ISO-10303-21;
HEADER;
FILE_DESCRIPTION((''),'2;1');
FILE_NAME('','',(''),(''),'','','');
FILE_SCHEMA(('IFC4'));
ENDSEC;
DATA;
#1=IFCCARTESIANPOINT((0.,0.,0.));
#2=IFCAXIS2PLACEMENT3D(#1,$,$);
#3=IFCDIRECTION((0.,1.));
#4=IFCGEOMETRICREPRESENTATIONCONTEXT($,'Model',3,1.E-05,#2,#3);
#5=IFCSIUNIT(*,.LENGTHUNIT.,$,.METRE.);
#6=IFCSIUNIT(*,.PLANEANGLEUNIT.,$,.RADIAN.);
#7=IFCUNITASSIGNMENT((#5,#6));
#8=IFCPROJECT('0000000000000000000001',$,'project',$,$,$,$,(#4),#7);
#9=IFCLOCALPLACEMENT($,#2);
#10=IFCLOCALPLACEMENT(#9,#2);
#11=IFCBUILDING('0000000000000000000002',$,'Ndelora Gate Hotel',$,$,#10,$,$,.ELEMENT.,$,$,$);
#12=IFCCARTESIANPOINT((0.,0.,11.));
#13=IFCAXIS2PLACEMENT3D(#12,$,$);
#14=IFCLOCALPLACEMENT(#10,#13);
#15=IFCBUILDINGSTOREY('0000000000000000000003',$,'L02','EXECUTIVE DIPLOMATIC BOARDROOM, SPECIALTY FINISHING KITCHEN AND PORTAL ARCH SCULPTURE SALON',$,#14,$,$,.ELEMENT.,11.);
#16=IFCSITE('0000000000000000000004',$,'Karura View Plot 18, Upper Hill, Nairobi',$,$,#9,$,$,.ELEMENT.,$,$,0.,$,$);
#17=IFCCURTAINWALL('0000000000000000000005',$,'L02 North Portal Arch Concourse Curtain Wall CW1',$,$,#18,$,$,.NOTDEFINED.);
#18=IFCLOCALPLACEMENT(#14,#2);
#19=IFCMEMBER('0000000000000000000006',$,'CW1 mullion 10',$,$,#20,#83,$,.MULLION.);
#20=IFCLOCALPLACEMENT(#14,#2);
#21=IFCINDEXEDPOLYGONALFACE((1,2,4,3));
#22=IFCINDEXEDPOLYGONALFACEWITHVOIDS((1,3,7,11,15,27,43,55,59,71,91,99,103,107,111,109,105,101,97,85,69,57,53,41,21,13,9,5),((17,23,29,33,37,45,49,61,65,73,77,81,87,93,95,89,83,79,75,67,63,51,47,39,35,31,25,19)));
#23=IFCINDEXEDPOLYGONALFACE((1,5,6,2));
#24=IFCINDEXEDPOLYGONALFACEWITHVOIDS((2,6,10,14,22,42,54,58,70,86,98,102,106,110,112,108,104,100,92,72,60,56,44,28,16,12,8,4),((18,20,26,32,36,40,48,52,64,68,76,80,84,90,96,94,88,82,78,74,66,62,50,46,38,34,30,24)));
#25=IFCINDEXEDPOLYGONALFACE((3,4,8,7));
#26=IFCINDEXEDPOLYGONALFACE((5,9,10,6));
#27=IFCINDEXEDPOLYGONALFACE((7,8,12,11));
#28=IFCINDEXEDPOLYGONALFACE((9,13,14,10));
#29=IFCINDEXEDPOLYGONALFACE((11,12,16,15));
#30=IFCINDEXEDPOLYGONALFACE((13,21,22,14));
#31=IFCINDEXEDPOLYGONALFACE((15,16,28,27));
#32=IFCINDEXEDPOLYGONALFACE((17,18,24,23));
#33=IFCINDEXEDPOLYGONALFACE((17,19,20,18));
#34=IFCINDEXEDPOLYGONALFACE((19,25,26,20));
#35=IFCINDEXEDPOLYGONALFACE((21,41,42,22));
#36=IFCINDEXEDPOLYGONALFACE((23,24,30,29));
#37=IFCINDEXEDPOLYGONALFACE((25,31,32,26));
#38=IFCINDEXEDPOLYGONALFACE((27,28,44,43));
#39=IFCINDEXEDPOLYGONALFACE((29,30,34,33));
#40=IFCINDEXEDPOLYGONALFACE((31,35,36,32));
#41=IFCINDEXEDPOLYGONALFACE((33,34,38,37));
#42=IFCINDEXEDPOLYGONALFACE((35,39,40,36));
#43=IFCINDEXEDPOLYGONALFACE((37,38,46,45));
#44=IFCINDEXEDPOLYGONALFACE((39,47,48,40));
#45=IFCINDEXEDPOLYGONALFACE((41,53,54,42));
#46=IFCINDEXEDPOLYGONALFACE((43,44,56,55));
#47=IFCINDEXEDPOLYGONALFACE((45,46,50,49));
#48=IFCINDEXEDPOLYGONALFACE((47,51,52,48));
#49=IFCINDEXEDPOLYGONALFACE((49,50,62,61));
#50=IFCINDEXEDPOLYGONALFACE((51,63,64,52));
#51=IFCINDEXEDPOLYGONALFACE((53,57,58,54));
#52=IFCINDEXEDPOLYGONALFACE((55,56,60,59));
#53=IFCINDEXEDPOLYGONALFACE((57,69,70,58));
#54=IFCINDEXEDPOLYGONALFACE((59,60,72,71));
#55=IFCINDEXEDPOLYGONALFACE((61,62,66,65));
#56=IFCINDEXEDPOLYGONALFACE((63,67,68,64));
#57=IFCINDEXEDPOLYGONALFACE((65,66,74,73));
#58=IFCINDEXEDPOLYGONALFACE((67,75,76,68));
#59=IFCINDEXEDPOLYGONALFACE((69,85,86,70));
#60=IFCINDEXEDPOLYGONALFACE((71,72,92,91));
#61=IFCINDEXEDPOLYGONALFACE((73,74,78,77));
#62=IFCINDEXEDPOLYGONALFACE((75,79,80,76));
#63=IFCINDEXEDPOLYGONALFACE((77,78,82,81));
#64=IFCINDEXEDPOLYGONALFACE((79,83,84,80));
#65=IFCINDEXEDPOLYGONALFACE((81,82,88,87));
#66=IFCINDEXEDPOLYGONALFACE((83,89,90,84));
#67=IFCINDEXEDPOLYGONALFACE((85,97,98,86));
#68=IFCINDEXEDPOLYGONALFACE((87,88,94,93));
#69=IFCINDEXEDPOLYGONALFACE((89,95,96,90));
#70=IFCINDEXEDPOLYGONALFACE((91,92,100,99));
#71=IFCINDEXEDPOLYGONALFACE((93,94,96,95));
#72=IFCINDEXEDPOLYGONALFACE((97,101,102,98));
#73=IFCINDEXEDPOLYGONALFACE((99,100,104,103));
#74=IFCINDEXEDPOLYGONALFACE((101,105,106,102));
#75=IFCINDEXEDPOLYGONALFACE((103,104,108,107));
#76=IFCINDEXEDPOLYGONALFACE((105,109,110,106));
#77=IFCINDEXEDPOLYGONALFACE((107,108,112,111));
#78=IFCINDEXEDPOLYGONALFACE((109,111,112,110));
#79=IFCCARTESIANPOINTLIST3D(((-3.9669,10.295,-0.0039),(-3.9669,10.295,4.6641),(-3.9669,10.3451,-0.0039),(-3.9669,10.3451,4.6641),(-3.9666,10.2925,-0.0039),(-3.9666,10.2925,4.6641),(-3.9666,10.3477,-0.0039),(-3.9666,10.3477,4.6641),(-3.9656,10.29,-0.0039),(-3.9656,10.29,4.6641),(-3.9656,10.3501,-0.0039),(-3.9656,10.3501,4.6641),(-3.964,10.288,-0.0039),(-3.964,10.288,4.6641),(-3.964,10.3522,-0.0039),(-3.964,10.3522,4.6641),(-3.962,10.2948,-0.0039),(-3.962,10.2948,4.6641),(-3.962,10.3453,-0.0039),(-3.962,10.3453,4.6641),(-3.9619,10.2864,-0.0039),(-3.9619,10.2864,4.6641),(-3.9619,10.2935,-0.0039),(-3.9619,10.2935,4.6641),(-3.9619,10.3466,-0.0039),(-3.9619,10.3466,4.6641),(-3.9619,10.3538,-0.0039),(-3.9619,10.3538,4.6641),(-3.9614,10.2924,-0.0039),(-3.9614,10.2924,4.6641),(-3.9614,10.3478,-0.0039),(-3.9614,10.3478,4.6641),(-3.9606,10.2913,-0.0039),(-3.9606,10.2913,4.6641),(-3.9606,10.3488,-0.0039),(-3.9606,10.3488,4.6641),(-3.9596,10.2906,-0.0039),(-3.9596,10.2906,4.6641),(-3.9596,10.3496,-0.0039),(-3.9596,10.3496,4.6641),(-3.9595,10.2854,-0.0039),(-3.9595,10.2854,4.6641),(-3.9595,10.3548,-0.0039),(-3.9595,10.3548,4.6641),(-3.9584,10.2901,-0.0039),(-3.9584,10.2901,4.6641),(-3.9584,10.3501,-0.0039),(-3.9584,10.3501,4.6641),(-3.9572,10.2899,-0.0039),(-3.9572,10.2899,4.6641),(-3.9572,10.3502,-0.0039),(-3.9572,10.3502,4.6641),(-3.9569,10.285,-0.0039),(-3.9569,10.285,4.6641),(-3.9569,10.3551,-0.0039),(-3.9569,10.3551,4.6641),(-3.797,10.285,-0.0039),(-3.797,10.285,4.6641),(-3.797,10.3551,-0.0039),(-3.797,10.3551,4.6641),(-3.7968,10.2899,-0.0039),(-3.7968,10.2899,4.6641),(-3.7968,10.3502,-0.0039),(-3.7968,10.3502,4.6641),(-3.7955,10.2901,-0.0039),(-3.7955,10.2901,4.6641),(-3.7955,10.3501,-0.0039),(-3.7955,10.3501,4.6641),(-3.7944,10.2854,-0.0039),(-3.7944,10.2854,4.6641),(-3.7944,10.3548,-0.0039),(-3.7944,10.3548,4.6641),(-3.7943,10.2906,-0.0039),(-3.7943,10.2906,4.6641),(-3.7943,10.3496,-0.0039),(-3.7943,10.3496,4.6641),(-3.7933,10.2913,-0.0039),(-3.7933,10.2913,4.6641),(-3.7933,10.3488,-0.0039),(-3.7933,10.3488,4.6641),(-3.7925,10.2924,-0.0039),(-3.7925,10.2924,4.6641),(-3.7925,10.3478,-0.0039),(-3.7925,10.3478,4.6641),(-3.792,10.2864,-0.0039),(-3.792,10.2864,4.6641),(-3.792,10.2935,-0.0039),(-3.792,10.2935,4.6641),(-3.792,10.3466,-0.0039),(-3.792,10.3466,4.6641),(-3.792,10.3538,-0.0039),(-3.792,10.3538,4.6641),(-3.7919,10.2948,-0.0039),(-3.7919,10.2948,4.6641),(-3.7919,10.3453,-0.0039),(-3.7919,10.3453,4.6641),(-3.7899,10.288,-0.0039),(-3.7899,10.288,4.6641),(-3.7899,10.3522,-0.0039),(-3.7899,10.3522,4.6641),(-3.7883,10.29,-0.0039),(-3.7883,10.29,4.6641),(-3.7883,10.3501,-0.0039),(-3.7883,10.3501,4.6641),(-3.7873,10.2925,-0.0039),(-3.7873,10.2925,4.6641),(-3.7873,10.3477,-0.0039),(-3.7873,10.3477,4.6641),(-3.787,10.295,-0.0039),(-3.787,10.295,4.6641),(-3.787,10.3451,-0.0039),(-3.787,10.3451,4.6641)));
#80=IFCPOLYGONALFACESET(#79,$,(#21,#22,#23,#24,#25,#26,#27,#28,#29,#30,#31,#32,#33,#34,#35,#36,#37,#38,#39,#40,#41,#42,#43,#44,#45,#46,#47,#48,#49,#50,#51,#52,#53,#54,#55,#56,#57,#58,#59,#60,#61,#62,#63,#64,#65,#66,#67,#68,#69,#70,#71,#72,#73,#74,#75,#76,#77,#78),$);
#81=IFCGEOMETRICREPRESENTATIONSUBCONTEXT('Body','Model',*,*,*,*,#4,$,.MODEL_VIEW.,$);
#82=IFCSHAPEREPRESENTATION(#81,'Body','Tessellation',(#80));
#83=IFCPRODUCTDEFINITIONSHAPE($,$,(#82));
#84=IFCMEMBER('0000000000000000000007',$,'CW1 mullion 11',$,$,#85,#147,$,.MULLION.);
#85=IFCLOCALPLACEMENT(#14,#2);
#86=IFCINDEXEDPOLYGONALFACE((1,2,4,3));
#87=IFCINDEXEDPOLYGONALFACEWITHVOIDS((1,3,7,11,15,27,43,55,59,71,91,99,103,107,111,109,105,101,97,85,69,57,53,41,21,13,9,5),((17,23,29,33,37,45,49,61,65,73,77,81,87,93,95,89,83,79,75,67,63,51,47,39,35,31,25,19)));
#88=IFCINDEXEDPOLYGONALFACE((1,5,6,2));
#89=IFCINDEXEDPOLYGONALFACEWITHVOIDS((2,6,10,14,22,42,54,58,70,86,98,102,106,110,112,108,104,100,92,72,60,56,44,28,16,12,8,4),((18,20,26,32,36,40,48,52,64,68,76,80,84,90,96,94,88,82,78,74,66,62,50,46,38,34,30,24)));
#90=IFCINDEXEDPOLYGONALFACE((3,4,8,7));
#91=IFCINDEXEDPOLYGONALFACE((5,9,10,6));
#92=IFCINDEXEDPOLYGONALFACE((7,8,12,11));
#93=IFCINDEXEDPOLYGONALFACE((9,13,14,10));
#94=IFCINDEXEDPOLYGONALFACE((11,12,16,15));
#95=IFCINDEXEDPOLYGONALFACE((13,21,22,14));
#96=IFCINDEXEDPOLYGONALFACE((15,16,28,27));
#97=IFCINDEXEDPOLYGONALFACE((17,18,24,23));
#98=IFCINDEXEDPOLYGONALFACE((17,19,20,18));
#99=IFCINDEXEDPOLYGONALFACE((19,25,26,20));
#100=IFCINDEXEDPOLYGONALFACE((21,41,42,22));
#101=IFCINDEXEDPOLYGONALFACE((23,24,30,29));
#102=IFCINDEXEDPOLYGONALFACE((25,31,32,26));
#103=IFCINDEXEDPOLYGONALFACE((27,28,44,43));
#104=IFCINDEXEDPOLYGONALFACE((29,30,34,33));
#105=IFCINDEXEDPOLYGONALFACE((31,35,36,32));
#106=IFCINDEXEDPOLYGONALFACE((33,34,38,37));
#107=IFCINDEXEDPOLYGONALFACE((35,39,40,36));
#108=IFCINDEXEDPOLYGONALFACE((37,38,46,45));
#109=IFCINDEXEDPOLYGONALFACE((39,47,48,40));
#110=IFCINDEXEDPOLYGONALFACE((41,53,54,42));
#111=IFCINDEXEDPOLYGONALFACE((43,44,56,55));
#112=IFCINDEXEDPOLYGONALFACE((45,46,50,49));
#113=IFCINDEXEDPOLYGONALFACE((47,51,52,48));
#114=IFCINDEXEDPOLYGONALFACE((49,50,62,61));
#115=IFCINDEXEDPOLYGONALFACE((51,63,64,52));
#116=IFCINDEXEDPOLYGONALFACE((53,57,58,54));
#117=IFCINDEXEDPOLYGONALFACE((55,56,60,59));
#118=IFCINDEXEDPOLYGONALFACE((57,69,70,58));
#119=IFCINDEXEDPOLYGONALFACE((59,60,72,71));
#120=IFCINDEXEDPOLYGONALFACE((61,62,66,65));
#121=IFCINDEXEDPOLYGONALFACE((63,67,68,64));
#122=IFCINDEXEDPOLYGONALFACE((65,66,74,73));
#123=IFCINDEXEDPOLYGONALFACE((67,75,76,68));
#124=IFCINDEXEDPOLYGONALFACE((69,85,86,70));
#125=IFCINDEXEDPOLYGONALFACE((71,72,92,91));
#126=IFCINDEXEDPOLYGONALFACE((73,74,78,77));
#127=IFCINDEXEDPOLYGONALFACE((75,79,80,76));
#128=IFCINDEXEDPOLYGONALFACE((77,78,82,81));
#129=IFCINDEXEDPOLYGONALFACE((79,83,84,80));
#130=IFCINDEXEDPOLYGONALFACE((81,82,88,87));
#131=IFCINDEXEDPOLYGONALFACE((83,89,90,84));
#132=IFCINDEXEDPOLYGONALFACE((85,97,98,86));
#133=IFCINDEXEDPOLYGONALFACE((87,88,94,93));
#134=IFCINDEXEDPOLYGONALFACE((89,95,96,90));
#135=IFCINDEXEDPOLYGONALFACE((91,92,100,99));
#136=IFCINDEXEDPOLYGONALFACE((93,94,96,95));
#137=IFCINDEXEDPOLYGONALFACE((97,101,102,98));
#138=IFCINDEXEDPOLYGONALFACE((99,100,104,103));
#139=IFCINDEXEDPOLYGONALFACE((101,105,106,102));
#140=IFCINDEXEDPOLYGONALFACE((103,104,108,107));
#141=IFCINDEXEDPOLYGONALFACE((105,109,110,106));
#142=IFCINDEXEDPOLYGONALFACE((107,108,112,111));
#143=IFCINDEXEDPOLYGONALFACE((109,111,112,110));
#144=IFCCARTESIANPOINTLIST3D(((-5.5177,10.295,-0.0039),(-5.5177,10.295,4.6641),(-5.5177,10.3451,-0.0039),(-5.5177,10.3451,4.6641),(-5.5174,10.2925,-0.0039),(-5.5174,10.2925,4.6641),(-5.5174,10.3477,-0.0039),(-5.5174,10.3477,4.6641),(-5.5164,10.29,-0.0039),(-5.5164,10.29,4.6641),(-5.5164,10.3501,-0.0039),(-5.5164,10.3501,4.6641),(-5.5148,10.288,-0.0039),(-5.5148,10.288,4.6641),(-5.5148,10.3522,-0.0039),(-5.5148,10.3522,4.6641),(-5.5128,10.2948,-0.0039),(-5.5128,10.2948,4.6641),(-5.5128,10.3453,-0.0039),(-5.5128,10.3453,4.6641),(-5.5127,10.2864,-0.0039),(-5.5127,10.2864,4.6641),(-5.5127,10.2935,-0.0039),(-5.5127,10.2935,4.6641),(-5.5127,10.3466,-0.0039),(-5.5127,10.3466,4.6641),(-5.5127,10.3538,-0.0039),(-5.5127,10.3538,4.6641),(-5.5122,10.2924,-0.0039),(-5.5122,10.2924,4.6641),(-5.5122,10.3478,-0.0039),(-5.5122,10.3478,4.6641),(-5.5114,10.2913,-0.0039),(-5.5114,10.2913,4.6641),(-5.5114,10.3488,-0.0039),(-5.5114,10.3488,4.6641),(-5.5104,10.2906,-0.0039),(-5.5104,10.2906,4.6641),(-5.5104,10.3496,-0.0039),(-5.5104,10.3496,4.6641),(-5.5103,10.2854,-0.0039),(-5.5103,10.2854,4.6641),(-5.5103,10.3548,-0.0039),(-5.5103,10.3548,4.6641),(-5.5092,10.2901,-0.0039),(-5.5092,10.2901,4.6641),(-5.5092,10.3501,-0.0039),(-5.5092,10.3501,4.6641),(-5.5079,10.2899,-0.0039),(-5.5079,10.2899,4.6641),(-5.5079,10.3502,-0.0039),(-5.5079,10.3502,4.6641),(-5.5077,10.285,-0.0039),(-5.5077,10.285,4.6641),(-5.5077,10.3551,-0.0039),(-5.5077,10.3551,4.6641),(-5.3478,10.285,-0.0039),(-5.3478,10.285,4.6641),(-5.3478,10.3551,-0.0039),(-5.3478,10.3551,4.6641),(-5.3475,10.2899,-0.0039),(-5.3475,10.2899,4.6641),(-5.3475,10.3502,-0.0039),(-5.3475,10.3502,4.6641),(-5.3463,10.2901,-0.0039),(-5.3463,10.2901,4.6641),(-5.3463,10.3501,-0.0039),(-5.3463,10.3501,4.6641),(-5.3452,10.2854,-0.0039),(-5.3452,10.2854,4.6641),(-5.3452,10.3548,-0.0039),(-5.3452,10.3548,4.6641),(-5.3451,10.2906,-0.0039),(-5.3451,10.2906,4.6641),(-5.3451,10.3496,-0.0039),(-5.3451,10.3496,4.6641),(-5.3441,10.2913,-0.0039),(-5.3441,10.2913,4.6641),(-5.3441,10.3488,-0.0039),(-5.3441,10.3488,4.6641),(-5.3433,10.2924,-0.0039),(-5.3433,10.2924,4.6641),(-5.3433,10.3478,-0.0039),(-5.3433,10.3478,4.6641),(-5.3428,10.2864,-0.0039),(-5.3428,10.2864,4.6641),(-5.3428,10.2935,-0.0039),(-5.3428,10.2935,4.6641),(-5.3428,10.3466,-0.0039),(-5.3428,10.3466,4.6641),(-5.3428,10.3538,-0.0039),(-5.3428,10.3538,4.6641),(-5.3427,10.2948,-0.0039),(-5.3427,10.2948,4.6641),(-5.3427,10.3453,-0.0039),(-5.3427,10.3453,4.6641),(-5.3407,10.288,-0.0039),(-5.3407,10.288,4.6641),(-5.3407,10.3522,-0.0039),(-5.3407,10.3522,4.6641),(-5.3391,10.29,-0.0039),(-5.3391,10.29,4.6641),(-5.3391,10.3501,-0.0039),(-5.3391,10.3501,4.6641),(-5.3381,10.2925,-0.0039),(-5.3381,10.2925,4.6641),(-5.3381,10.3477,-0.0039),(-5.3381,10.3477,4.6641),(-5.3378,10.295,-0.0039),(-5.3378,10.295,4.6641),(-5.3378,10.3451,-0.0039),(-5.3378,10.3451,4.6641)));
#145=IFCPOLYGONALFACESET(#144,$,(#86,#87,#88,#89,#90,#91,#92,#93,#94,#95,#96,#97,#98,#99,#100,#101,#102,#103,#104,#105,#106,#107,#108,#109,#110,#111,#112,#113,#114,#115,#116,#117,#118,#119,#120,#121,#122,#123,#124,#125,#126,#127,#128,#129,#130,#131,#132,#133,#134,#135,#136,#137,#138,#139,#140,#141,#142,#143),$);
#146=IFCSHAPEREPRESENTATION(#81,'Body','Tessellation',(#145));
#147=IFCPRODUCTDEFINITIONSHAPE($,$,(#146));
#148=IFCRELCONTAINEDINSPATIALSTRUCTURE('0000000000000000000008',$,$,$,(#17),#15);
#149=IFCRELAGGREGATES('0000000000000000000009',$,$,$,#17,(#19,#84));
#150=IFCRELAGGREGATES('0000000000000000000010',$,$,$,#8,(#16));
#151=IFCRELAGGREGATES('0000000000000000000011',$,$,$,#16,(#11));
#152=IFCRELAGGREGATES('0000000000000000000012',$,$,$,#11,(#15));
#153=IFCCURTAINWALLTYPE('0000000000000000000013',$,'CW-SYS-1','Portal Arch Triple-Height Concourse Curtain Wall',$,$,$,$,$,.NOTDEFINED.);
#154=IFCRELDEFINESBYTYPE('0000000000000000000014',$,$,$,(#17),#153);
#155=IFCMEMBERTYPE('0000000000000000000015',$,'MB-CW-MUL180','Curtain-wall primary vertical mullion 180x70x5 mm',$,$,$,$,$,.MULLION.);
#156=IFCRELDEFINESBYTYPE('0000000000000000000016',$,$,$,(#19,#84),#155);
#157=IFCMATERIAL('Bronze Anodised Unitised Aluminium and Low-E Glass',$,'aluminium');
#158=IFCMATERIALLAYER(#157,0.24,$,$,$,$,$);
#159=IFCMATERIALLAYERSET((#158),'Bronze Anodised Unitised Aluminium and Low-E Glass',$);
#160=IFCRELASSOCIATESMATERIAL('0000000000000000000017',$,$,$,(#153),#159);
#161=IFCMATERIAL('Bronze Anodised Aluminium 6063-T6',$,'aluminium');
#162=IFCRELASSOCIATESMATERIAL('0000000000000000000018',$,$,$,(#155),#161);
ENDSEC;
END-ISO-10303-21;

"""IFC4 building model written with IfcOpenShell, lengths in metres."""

from ifc_helpers import new_model, si_unit, direction, frame, origin, origin_2d, place, context, subcontext, project, spatial, hollow_rectangle, extrude, material, layer, layer_set, material_profile, profile_set, type_object, element, aggregate, save


model = new_model("IFC4")

# Units and contexts
model_context = context("Model", 3, precision=1e-05, world=origin(), true_north=direction((0.0, 1.0)))
body_context = subcontext(model_context, "Body", "Model", "MODEL_VIEW")
ifc_project = project(units=[si_unit("LENGTHUNIT", "METRE"), si_unit("PLANEANGLEUNIT", "RADIAN")], contexts=[model_context])

# Site, building, storey
site_placement = place(None, origin())
site = spatial("IfcSite", under=ifc_project, at=site_placement, Name="Karura View Plot 18, Upper Hill, Nairobi", CompositionType="ELEMENT", RefElevation=0.0)
building_placement = place(site_placement, origin())
building = spatial("IfcBuilding", under=site, at=building_placement, Name="Ndelora Gate Hotel", CompositionType="ELEMENT")
storey_placement = place(building_placement, frame((0.0, 0.0, 11.0)))
storey = spatial("IfcBuildingStorey", under=building, at=storey_placement, Name="L02", Description="EXECUTIVE DIPLOMATIC BOARDROOM, SPECIALTY FINISHING KITCHEN AND PORTAL ARCH SCULPTURE SALON", CompositionType="ELEMENT", Elevation=11.0)

# Curtain wall, members
ifc_material_1 = material(Name="Bronze Anodised Unitised Aluminium and Low-E Glass", Category="aluminium")
ifc_layer_1 = layer(ifc_material_1, 0.24)
ifc_layer_set_1 = layer_set([ifc_layer_1], Name="Bronze Anodised Unitised Aluminium and Low-E Glass")
curtain_wall_type = type_object("IfcCurtainWallType", Name="CW-SYS-1", Description="Portal Arch Triple-Height Concourse Curtain Wall", PredefinedType="NOTDEFINED", material=ifc_layer_set_1)
curtain_wall_placement = place(storey_placement, origin())
curtain_wall = element("IfcCurtainWall", 1, at=curtain_wall_placement, inside=storey, type_object=curtain_wall_type, Name="L02 North Portal Arch Concourse Curtain Wall CW1", PredefinedType="NOTDEFINED")
ifc_material_2 = material(Name="Bronze Anodised Aluminium 6063-T6", Category="aluminium")
ifc_material_profile_1 = material_profile(ifc_material_2, hollow_rectangle(XDim=0.0701, YDim=0.1799, WallThickness=0.0049, InnerFilletRadius=0.0049, OuterFilletRadius=0.01, at=origin_2d()), Name="ALU 180x70x5")
ifc_profile_set_1 = profile_set([ifc_material_profile_1], Name="Bronze Anodised Aluminium 6063-T6")
member_type_1 = type_object("IfcMemberType", Name="MB-CW-MUL180", Description="Curtain-wall primary vertical mullion 180x70x5 mm", PredefinedType="MULLION", material=ifc_profile_set_1)
member_1_placement = place(storey_placement, frame((-3.877, 10.3201, -0.0039), z_axis=(0.0, 0.0, 1.0), x_axis=(0.0, -1.0, 0.0)))
member_1 = element("IfcMember", 2, at=member_1_placement, type_object=member_type_1, Name="CW1 mullion 10", PredefinedType="MULLION", context=body_context, shape_type="SweptSolid", body=[
    extrude(hollow_rectangle(XDim=0.0701, YDim=0.1799, WallThickness=0.0049, InnerFilletRadius=0.0049, OuterFilletRadius=0.01, at=origin_2d()), origin(), (0.0, 0.0, 1.0), 4.668),
])
member_2_placement = place(storey_placement, frame((-5.4277, 10.3201, -0.0039), z_axis=(0.0, 0.0, 1.0), x_axis=(0.0, -1.0, 0.0)))
member_2 = element("IfcMember", 3, at=member_2_placement, type_object=member_type_1, Name="CW1 mullion 11", PredefinedType="MULLION", context=body_context, shape_type="SweptSolid", body=[
    extrude(hollow_rectangle(XDim=0.0701, YDim=0.1799, WallThickness=0.0049, InnerFilletRadius=0.0049, OuterFilletRadius=0.01, at=origin_2d()), origin(), (0.0, 0.0, 1.0), 4.668),
])
aggregate(curtain_wall, [member_1, member_2])

save(model, "model.ifc")
